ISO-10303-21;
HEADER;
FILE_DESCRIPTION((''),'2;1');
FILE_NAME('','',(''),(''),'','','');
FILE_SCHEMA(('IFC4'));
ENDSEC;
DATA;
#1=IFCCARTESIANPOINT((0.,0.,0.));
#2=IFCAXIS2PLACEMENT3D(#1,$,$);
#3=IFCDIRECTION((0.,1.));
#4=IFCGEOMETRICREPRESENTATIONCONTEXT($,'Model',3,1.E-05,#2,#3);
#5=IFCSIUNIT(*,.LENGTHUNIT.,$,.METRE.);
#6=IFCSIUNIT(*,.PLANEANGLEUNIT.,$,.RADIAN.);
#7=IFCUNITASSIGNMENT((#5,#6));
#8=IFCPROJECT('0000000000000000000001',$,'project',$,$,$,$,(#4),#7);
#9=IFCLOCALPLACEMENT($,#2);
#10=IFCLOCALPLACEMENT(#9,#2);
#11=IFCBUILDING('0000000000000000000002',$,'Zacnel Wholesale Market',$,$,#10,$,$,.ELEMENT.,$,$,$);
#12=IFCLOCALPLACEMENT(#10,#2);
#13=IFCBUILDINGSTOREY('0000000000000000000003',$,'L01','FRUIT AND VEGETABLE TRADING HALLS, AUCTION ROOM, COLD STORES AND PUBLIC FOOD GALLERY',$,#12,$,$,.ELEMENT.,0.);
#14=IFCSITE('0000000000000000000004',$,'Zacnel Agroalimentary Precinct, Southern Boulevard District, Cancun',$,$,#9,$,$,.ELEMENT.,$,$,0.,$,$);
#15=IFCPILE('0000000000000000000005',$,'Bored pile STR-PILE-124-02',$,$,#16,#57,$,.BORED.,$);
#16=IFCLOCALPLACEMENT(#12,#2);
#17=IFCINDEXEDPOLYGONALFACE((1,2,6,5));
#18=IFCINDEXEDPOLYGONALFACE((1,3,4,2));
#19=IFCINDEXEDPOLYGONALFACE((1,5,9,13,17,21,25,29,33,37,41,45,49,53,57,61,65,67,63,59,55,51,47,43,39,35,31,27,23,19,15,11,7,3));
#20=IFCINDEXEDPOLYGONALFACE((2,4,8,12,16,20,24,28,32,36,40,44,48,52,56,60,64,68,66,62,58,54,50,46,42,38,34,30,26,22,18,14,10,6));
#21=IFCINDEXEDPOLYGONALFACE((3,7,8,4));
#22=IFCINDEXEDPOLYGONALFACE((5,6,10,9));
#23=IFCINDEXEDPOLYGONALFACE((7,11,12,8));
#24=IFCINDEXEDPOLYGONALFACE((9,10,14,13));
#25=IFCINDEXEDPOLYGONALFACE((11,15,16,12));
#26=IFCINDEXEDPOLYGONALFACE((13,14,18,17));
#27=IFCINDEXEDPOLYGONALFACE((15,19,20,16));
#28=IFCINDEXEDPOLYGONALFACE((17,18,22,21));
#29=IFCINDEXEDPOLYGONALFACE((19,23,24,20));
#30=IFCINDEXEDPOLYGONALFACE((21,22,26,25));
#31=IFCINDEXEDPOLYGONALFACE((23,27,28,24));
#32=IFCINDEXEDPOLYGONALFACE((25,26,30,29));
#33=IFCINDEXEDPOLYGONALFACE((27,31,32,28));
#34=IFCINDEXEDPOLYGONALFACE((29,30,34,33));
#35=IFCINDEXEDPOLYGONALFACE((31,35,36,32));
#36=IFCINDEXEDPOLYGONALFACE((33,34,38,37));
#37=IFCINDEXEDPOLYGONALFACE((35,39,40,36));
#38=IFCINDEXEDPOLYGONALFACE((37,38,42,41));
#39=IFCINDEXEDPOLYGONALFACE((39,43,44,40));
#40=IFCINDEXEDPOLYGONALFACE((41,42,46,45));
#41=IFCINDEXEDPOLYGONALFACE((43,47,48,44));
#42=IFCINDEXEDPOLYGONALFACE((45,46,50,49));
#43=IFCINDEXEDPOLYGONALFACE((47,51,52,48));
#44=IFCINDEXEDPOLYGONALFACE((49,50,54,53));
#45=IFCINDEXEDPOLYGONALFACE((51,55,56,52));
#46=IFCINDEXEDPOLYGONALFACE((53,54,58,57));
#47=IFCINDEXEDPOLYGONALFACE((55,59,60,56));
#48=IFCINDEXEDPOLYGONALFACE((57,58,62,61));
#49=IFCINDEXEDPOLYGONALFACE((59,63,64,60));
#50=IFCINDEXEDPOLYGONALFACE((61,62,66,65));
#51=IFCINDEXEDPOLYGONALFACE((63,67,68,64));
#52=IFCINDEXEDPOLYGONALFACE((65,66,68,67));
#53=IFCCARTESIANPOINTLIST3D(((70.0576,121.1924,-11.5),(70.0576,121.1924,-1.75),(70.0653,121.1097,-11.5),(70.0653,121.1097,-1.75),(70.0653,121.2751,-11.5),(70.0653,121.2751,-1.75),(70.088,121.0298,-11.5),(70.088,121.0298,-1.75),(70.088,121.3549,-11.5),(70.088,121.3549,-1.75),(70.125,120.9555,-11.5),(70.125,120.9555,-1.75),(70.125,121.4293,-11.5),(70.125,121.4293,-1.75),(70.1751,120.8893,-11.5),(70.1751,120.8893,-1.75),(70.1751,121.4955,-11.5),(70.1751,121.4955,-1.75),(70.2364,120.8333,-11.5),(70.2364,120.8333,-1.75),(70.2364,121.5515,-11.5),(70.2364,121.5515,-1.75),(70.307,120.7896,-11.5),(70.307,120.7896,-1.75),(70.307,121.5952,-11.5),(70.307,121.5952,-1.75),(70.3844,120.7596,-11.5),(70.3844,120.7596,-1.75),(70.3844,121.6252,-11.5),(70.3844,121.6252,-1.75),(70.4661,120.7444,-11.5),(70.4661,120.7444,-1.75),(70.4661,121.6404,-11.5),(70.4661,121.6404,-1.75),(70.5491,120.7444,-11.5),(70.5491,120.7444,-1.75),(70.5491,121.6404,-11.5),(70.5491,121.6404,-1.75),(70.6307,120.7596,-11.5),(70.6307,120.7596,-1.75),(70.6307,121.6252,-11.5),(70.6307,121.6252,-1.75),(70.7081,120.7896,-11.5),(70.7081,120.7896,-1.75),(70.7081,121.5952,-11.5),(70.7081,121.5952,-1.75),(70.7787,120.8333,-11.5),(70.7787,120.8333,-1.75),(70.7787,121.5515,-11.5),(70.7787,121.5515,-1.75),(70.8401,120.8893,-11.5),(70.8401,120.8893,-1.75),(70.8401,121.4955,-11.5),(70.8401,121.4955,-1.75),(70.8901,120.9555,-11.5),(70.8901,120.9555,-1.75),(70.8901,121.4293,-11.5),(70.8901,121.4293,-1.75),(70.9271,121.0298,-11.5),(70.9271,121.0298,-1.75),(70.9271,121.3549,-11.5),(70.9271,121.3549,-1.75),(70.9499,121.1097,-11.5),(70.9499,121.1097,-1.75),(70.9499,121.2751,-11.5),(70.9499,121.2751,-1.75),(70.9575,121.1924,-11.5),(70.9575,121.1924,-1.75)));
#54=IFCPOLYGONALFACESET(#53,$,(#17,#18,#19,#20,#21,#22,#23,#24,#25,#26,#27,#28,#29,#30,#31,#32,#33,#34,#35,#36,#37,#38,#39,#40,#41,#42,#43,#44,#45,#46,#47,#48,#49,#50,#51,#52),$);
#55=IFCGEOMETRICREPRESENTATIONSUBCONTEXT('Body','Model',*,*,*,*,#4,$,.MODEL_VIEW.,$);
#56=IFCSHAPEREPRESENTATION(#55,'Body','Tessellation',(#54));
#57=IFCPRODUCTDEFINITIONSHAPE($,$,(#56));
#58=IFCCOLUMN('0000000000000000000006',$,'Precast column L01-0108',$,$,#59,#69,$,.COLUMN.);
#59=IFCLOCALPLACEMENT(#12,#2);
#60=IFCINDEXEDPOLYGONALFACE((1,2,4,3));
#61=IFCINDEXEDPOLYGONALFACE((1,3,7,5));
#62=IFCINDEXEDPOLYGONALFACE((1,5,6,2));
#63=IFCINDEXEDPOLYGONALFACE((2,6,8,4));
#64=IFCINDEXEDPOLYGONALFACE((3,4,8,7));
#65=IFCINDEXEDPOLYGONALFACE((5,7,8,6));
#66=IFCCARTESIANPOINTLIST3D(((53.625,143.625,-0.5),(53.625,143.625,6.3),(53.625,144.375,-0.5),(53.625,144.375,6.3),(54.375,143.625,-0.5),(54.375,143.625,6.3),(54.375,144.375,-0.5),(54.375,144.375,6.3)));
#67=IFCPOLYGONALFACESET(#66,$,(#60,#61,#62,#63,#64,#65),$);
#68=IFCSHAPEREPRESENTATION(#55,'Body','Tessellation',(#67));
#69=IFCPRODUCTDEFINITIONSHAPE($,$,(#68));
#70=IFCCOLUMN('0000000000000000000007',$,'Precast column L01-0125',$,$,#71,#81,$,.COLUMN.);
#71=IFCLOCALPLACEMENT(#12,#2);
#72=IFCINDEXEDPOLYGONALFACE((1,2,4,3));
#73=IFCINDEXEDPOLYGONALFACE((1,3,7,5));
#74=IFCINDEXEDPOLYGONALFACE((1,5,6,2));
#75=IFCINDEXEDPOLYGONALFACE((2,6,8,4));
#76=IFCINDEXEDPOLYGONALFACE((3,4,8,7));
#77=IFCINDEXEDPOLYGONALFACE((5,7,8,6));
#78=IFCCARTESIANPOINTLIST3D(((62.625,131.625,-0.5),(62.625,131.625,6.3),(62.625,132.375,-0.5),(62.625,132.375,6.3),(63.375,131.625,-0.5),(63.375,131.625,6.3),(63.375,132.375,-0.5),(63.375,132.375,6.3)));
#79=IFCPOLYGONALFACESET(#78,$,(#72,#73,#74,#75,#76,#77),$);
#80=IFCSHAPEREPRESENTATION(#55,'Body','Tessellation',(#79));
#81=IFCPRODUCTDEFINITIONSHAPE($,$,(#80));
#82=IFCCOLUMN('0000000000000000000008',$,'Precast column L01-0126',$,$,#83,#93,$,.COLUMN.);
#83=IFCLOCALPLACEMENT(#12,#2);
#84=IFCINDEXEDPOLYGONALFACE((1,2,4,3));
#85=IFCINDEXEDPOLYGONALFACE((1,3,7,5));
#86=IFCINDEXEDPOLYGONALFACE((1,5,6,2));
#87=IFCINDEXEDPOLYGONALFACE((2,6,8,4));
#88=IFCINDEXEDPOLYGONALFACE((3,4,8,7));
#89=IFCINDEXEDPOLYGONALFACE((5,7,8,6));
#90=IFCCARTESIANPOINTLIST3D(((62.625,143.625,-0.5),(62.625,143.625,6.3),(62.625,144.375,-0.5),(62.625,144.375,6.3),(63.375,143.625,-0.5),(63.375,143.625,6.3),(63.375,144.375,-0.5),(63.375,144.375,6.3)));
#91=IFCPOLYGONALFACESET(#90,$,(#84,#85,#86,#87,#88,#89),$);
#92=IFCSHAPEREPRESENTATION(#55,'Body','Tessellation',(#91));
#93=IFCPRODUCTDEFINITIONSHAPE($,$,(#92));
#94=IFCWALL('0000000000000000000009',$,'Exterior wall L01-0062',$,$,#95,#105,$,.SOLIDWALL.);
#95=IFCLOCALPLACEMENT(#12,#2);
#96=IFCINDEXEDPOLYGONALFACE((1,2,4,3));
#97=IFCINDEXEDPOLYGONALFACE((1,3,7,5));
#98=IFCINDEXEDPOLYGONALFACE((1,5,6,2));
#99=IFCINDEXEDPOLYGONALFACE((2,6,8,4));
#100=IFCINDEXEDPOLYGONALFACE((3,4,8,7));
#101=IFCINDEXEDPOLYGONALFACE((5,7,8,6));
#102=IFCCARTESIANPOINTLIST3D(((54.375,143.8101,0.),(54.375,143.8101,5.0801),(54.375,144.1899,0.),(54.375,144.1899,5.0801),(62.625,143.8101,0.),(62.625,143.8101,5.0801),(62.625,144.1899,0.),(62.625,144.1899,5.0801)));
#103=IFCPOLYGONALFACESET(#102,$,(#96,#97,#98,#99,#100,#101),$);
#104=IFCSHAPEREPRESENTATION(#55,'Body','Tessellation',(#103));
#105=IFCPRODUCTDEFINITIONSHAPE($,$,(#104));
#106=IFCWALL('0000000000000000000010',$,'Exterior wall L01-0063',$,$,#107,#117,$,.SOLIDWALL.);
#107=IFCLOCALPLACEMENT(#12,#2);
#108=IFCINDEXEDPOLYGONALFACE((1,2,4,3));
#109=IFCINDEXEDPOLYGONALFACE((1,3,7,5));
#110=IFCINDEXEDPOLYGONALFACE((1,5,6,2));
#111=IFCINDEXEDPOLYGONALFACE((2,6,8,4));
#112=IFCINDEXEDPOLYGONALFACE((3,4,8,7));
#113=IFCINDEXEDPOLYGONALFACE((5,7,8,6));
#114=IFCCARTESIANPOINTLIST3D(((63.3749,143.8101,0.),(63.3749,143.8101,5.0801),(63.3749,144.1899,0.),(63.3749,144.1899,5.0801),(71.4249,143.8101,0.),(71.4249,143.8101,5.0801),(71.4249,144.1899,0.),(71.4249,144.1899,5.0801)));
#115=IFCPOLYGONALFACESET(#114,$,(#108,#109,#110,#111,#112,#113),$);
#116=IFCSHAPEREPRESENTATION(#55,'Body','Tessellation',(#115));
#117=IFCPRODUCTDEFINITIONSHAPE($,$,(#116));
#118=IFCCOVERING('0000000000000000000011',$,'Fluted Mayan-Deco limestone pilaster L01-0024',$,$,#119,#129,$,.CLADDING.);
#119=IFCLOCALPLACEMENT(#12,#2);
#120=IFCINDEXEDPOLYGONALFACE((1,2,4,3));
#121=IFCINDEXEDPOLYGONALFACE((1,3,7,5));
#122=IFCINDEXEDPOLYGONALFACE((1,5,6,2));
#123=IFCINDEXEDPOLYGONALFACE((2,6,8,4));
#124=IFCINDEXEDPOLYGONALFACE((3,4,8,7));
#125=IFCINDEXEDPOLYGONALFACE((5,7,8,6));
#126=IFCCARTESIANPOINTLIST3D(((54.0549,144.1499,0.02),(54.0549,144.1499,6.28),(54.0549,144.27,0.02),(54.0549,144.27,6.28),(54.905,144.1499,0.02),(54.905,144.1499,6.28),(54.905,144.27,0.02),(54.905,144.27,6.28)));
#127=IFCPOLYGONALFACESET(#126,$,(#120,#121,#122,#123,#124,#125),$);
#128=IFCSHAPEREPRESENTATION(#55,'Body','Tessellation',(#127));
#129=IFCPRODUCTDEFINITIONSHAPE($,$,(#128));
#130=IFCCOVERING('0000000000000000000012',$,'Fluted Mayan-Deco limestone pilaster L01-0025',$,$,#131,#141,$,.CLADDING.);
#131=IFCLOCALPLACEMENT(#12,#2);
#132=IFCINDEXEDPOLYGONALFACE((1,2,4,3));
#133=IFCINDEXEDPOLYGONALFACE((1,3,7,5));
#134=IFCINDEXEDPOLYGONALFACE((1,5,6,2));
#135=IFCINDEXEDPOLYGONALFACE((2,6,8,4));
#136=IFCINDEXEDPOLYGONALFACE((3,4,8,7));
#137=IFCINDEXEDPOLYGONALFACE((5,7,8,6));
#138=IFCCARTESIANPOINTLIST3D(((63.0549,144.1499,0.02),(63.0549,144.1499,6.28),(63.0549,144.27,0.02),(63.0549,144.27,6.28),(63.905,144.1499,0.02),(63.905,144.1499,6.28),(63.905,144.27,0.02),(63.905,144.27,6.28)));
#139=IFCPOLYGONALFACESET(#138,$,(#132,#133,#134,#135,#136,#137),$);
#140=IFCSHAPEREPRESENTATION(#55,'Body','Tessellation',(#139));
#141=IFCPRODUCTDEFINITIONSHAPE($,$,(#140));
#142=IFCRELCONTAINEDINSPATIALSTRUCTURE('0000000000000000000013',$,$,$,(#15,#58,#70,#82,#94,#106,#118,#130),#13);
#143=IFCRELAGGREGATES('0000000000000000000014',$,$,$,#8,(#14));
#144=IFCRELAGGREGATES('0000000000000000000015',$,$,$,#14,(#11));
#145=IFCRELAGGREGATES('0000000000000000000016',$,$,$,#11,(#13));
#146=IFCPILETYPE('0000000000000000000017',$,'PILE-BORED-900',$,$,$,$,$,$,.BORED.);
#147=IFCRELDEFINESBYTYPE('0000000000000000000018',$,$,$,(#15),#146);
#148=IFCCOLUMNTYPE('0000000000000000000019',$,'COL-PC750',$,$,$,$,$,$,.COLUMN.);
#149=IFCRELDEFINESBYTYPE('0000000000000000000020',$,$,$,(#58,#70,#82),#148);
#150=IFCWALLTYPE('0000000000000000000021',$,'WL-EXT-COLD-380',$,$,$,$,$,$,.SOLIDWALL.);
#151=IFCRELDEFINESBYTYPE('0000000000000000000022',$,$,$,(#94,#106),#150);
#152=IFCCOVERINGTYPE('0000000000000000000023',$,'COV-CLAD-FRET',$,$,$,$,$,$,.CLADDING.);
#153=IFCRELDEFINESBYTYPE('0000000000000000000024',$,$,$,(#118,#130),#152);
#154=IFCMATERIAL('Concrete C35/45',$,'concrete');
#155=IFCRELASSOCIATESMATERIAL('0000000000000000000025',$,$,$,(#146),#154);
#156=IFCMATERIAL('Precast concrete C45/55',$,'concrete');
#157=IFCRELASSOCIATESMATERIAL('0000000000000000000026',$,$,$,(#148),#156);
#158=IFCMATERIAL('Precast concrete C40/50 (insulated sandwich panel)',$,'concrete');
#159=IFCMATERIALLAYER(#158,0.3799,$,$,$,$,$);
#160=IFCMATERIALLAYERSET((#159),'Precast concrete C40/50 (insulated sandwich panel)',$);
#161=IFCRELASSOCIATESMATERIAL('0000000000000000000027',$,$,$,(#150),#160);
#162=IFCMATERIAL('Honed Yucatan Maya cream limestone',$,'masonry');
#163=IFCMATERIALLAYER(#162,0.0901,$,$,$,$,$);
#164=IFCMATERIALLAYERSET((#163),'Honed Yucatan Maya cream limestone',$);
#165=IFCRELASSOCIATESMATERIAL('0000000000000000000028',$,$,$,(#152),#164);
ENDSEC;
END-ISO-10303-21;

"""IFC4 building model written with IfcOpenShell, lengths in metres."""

from ifc_helpers import new_model, si_unit, direction, frame, frame_2d, origin, origin_2d, place, context, subcontext, project, spatial, rectangle, circle, extrude, material, layer, layer_set, material_profile, profile_set, type_object, element, save


model = new_model("IFC4")

# Units and contexts
model_context = context("Model", 3, precision=1e-05, world=origin(), true_north=direction((0.0, 1.0)))
body_context = subcontext(model_context, "Body", "Model", "MODEL_VIEW")
ifc_project = project(units=[si_unit("LENGTHUNIT", "METRE"), si_unit("PLANEANGLEUNIT", "RADIAN")], contexts=[model_context])

# Site, building, storey
site_placement = place(None, origin())
site = spatial("IfcSite", under=ifc_project, at=site_placement, Name="Zacnel Agroalimentary Precinct, Southern Boulevard District, Cancun", CompositionType="ELEMENT", RefElevation=0.0)
building_placement = place(site_placement, origin())
building = spatial("IfcBuilding", under=site, at=building_placement, Name="Zacnel Wholesale Market", CompositionType="ELEMENT")
storey_placement = place(building_placement, origin())
storey = spatial("IfcBuildingStorey", under=building, at=storey_placement, Name="L01", Description="FRUIT AND VEGETABLE TRADING HALLS, AUCTION ROOM, COLD STORES AND PUBLIC FOOD GALLERY", CompositionType="ELEMENT", Elevation=0.0)

# Pile
ifc_material_1 = material(Name="Concrete C35/45", Category="concrete")
ifc_material_profile_1 = material_profile(ifc_material_1, circle(Radius=0.45, at=origin_2d()), Name="BORED PILE D900")
ifc_profile_set_1 = profile_set([ifc_material_profile_1], Name="Concrete C35/45")
pile_type = type_object("IfcPileType", Name="PILE-BORED-900", PredefinedType="BORED", material=ifc_profile_set_1)
for number, where, z_axis, x_axis, name in (
    (1, (70.5076, 121.1924, -1.75), (0.0, 0.0, -1.0), (1.0, 0.0, 0.0), "Bored pile STR-PILE-124-02"),
):
    element("IfcPile", number, at=place(storey_placement, frame(where, z_axis=z_axis, x_axis=x_axis)), inside=storey, type_object=pile_type, Name=name, PredefinedType="BORED", context=body_context, shape_type="SweptSolid", body=[
        extrude(circle(Radius=0.45, at=origin_2d()), origin(), (0.0, 0.0, 1.0), 9.75),
    ])

# Columns
ifc_material_2 = material(Name="Precast concrete C45/55", Category="concrete")
ifc_material_profile_2 = material_profile(ifc_material_2, rectangle(XDim=0.75, YDim=0.75, at=origin_2d()), Name="PC 750x750")
ifc_profile_set_2 = profile_set([ifc_material_profile_2], Name="Precast concrete C45/55")
column_type = type_object("IfcColumnType", Name="COL-PC750", PredefinedType="COLUMN", material=ifc_profile_set_2)
for number, where, z_axis, x_axis, name in (
    (2, (54.0, 144.0, -0.5), (0.0, 0.0, 1.0), (1.0, 0.0, 0.0), "Precast column L01-0108"),
    (3, (63.0, 132.0, -0.5), (0.0, 0.0, 1.0), (1.0, 0.0, 0.0), "Precast column L01-0125"),
    (4, (63.0, 144.0, -0.5), (0.0, 0.0, 1.0), (1.0, 0.0, 0.0), "Precast column L01-0126"),
):
    element("IfcColumn", number, at=place(storey_placement, frame(where, z_axis=z_axis, x_axis=x_axis)), inside=storey, type_object=column_type, Name=name, PredefinedType="COLUMN", context=body_context, shape_type="SweptSolid", body=[
        extrude(rectangle(XDim=0.75, YDim=0.75, at=origin_2d()), origin(), (0.0, 0.0, 1.0), 6.8),
    ])

# Walls
ifc_material_3 = material(Name="Precast concrete C40/50 (insulated sandwich panel)", Category="concrete")
ifc_layer_1 = layer(ifc_material_3, 0.3799)
ifc_layer_set_1 = layer_set([ifc_layer_1], Name="Precast concrete C40/50 (insulated sandwich panel)")
wall_type = type_object("IfcWallType", Name="WL-EXT-COLD-380", PredefinedType="SOLIDWALL", material=ifc_layer_set_1)
wall_1_placement = place(storey_placement, frame((54.375, 144.0, 0.0), z_axis=(0.0, 0.0, 1.0), x_axis=(1.0, 0.0, 0.0)))
element("IfcWall", 5, at=wall_1_placement, inside=storey, type_object=wall_type, Name="Exterior wall L01-0062", PredefinedType="SOLIDWALL", context=body_context, shape_type="SweptSolid", body=[
    extrude(rectangle(XDim=8.25, YDim=0.3799, at=frame_2d((4.125, 0.0))), origin(), (0.0, 0.0, 1.0), 5.0801),
])
wall_2_placement = place(storey_placement, frame((63.375, 144.0, 0.0), z_axis=(0.0, 0.0, 1.0), x_axis=(1.0, 0.0, 0.0)))
element("IfcWall", 6, at=wall_2_placement, inside=storey, type_object=wall_type, Name="Exterior wall L01-0063", PredefinedType="SOLIDWALL", context=body_context, shape_type="SweptSolid", body=[
    extrude(rectangle(XDim=8.05, YDim=0.3799, at=frame_2d((4.0249, 0.0))), origin(), (0.0, 0.0, 1.0), 5.0801),
])

# Coverings
ifc_material_4 = material(Name="Honed Yucatan Maya cream limestone", Category="masonry")
ifc_layer_2 = layer(ifc_material_4, 0.0901)
ifc_layer_set_2 = layer_set([ifc_layer_2], Name="Honed Yucatan Maya cream limestone")
covering_type = type_object("IfcCoveringType", Name="COV-CLAD-FRET", PredefinedType="CLADDING", material=ifc_layer_set_2)
for number, where, z_axis, x_axis, name in (
    (7, (54.48, 144.21, 0.02), (0.0, 0.0, 1.0), (1.0, 0.0, 0.0), "Fluted Mayan-Deco limestone pilaster L01-0024"),
    (8, (63.48, 144.21, 0.02), (0.0, 0.0, 1.0), (1.0, 0.0, 0.0), "Fluted Mayan-Deco limestone pilaster L01-0025"),
):
    element("IfcCovering", number, at=place(storey_placement, frame(where, z_axis=z_axis, x_axis=x_axis)), inside=storey, type_object=covering_type, Name=name, PredefinedType="CLADDING", context=body_context, shape_type="SweptSolid", body=[
        extrude(rectangle(XDim=0.8501, YDim=0.1201, at=origin_2d()), origin(), (0.0, 0.0, 1.0), 6.26),
    ])

save(model, "model.ifc")
